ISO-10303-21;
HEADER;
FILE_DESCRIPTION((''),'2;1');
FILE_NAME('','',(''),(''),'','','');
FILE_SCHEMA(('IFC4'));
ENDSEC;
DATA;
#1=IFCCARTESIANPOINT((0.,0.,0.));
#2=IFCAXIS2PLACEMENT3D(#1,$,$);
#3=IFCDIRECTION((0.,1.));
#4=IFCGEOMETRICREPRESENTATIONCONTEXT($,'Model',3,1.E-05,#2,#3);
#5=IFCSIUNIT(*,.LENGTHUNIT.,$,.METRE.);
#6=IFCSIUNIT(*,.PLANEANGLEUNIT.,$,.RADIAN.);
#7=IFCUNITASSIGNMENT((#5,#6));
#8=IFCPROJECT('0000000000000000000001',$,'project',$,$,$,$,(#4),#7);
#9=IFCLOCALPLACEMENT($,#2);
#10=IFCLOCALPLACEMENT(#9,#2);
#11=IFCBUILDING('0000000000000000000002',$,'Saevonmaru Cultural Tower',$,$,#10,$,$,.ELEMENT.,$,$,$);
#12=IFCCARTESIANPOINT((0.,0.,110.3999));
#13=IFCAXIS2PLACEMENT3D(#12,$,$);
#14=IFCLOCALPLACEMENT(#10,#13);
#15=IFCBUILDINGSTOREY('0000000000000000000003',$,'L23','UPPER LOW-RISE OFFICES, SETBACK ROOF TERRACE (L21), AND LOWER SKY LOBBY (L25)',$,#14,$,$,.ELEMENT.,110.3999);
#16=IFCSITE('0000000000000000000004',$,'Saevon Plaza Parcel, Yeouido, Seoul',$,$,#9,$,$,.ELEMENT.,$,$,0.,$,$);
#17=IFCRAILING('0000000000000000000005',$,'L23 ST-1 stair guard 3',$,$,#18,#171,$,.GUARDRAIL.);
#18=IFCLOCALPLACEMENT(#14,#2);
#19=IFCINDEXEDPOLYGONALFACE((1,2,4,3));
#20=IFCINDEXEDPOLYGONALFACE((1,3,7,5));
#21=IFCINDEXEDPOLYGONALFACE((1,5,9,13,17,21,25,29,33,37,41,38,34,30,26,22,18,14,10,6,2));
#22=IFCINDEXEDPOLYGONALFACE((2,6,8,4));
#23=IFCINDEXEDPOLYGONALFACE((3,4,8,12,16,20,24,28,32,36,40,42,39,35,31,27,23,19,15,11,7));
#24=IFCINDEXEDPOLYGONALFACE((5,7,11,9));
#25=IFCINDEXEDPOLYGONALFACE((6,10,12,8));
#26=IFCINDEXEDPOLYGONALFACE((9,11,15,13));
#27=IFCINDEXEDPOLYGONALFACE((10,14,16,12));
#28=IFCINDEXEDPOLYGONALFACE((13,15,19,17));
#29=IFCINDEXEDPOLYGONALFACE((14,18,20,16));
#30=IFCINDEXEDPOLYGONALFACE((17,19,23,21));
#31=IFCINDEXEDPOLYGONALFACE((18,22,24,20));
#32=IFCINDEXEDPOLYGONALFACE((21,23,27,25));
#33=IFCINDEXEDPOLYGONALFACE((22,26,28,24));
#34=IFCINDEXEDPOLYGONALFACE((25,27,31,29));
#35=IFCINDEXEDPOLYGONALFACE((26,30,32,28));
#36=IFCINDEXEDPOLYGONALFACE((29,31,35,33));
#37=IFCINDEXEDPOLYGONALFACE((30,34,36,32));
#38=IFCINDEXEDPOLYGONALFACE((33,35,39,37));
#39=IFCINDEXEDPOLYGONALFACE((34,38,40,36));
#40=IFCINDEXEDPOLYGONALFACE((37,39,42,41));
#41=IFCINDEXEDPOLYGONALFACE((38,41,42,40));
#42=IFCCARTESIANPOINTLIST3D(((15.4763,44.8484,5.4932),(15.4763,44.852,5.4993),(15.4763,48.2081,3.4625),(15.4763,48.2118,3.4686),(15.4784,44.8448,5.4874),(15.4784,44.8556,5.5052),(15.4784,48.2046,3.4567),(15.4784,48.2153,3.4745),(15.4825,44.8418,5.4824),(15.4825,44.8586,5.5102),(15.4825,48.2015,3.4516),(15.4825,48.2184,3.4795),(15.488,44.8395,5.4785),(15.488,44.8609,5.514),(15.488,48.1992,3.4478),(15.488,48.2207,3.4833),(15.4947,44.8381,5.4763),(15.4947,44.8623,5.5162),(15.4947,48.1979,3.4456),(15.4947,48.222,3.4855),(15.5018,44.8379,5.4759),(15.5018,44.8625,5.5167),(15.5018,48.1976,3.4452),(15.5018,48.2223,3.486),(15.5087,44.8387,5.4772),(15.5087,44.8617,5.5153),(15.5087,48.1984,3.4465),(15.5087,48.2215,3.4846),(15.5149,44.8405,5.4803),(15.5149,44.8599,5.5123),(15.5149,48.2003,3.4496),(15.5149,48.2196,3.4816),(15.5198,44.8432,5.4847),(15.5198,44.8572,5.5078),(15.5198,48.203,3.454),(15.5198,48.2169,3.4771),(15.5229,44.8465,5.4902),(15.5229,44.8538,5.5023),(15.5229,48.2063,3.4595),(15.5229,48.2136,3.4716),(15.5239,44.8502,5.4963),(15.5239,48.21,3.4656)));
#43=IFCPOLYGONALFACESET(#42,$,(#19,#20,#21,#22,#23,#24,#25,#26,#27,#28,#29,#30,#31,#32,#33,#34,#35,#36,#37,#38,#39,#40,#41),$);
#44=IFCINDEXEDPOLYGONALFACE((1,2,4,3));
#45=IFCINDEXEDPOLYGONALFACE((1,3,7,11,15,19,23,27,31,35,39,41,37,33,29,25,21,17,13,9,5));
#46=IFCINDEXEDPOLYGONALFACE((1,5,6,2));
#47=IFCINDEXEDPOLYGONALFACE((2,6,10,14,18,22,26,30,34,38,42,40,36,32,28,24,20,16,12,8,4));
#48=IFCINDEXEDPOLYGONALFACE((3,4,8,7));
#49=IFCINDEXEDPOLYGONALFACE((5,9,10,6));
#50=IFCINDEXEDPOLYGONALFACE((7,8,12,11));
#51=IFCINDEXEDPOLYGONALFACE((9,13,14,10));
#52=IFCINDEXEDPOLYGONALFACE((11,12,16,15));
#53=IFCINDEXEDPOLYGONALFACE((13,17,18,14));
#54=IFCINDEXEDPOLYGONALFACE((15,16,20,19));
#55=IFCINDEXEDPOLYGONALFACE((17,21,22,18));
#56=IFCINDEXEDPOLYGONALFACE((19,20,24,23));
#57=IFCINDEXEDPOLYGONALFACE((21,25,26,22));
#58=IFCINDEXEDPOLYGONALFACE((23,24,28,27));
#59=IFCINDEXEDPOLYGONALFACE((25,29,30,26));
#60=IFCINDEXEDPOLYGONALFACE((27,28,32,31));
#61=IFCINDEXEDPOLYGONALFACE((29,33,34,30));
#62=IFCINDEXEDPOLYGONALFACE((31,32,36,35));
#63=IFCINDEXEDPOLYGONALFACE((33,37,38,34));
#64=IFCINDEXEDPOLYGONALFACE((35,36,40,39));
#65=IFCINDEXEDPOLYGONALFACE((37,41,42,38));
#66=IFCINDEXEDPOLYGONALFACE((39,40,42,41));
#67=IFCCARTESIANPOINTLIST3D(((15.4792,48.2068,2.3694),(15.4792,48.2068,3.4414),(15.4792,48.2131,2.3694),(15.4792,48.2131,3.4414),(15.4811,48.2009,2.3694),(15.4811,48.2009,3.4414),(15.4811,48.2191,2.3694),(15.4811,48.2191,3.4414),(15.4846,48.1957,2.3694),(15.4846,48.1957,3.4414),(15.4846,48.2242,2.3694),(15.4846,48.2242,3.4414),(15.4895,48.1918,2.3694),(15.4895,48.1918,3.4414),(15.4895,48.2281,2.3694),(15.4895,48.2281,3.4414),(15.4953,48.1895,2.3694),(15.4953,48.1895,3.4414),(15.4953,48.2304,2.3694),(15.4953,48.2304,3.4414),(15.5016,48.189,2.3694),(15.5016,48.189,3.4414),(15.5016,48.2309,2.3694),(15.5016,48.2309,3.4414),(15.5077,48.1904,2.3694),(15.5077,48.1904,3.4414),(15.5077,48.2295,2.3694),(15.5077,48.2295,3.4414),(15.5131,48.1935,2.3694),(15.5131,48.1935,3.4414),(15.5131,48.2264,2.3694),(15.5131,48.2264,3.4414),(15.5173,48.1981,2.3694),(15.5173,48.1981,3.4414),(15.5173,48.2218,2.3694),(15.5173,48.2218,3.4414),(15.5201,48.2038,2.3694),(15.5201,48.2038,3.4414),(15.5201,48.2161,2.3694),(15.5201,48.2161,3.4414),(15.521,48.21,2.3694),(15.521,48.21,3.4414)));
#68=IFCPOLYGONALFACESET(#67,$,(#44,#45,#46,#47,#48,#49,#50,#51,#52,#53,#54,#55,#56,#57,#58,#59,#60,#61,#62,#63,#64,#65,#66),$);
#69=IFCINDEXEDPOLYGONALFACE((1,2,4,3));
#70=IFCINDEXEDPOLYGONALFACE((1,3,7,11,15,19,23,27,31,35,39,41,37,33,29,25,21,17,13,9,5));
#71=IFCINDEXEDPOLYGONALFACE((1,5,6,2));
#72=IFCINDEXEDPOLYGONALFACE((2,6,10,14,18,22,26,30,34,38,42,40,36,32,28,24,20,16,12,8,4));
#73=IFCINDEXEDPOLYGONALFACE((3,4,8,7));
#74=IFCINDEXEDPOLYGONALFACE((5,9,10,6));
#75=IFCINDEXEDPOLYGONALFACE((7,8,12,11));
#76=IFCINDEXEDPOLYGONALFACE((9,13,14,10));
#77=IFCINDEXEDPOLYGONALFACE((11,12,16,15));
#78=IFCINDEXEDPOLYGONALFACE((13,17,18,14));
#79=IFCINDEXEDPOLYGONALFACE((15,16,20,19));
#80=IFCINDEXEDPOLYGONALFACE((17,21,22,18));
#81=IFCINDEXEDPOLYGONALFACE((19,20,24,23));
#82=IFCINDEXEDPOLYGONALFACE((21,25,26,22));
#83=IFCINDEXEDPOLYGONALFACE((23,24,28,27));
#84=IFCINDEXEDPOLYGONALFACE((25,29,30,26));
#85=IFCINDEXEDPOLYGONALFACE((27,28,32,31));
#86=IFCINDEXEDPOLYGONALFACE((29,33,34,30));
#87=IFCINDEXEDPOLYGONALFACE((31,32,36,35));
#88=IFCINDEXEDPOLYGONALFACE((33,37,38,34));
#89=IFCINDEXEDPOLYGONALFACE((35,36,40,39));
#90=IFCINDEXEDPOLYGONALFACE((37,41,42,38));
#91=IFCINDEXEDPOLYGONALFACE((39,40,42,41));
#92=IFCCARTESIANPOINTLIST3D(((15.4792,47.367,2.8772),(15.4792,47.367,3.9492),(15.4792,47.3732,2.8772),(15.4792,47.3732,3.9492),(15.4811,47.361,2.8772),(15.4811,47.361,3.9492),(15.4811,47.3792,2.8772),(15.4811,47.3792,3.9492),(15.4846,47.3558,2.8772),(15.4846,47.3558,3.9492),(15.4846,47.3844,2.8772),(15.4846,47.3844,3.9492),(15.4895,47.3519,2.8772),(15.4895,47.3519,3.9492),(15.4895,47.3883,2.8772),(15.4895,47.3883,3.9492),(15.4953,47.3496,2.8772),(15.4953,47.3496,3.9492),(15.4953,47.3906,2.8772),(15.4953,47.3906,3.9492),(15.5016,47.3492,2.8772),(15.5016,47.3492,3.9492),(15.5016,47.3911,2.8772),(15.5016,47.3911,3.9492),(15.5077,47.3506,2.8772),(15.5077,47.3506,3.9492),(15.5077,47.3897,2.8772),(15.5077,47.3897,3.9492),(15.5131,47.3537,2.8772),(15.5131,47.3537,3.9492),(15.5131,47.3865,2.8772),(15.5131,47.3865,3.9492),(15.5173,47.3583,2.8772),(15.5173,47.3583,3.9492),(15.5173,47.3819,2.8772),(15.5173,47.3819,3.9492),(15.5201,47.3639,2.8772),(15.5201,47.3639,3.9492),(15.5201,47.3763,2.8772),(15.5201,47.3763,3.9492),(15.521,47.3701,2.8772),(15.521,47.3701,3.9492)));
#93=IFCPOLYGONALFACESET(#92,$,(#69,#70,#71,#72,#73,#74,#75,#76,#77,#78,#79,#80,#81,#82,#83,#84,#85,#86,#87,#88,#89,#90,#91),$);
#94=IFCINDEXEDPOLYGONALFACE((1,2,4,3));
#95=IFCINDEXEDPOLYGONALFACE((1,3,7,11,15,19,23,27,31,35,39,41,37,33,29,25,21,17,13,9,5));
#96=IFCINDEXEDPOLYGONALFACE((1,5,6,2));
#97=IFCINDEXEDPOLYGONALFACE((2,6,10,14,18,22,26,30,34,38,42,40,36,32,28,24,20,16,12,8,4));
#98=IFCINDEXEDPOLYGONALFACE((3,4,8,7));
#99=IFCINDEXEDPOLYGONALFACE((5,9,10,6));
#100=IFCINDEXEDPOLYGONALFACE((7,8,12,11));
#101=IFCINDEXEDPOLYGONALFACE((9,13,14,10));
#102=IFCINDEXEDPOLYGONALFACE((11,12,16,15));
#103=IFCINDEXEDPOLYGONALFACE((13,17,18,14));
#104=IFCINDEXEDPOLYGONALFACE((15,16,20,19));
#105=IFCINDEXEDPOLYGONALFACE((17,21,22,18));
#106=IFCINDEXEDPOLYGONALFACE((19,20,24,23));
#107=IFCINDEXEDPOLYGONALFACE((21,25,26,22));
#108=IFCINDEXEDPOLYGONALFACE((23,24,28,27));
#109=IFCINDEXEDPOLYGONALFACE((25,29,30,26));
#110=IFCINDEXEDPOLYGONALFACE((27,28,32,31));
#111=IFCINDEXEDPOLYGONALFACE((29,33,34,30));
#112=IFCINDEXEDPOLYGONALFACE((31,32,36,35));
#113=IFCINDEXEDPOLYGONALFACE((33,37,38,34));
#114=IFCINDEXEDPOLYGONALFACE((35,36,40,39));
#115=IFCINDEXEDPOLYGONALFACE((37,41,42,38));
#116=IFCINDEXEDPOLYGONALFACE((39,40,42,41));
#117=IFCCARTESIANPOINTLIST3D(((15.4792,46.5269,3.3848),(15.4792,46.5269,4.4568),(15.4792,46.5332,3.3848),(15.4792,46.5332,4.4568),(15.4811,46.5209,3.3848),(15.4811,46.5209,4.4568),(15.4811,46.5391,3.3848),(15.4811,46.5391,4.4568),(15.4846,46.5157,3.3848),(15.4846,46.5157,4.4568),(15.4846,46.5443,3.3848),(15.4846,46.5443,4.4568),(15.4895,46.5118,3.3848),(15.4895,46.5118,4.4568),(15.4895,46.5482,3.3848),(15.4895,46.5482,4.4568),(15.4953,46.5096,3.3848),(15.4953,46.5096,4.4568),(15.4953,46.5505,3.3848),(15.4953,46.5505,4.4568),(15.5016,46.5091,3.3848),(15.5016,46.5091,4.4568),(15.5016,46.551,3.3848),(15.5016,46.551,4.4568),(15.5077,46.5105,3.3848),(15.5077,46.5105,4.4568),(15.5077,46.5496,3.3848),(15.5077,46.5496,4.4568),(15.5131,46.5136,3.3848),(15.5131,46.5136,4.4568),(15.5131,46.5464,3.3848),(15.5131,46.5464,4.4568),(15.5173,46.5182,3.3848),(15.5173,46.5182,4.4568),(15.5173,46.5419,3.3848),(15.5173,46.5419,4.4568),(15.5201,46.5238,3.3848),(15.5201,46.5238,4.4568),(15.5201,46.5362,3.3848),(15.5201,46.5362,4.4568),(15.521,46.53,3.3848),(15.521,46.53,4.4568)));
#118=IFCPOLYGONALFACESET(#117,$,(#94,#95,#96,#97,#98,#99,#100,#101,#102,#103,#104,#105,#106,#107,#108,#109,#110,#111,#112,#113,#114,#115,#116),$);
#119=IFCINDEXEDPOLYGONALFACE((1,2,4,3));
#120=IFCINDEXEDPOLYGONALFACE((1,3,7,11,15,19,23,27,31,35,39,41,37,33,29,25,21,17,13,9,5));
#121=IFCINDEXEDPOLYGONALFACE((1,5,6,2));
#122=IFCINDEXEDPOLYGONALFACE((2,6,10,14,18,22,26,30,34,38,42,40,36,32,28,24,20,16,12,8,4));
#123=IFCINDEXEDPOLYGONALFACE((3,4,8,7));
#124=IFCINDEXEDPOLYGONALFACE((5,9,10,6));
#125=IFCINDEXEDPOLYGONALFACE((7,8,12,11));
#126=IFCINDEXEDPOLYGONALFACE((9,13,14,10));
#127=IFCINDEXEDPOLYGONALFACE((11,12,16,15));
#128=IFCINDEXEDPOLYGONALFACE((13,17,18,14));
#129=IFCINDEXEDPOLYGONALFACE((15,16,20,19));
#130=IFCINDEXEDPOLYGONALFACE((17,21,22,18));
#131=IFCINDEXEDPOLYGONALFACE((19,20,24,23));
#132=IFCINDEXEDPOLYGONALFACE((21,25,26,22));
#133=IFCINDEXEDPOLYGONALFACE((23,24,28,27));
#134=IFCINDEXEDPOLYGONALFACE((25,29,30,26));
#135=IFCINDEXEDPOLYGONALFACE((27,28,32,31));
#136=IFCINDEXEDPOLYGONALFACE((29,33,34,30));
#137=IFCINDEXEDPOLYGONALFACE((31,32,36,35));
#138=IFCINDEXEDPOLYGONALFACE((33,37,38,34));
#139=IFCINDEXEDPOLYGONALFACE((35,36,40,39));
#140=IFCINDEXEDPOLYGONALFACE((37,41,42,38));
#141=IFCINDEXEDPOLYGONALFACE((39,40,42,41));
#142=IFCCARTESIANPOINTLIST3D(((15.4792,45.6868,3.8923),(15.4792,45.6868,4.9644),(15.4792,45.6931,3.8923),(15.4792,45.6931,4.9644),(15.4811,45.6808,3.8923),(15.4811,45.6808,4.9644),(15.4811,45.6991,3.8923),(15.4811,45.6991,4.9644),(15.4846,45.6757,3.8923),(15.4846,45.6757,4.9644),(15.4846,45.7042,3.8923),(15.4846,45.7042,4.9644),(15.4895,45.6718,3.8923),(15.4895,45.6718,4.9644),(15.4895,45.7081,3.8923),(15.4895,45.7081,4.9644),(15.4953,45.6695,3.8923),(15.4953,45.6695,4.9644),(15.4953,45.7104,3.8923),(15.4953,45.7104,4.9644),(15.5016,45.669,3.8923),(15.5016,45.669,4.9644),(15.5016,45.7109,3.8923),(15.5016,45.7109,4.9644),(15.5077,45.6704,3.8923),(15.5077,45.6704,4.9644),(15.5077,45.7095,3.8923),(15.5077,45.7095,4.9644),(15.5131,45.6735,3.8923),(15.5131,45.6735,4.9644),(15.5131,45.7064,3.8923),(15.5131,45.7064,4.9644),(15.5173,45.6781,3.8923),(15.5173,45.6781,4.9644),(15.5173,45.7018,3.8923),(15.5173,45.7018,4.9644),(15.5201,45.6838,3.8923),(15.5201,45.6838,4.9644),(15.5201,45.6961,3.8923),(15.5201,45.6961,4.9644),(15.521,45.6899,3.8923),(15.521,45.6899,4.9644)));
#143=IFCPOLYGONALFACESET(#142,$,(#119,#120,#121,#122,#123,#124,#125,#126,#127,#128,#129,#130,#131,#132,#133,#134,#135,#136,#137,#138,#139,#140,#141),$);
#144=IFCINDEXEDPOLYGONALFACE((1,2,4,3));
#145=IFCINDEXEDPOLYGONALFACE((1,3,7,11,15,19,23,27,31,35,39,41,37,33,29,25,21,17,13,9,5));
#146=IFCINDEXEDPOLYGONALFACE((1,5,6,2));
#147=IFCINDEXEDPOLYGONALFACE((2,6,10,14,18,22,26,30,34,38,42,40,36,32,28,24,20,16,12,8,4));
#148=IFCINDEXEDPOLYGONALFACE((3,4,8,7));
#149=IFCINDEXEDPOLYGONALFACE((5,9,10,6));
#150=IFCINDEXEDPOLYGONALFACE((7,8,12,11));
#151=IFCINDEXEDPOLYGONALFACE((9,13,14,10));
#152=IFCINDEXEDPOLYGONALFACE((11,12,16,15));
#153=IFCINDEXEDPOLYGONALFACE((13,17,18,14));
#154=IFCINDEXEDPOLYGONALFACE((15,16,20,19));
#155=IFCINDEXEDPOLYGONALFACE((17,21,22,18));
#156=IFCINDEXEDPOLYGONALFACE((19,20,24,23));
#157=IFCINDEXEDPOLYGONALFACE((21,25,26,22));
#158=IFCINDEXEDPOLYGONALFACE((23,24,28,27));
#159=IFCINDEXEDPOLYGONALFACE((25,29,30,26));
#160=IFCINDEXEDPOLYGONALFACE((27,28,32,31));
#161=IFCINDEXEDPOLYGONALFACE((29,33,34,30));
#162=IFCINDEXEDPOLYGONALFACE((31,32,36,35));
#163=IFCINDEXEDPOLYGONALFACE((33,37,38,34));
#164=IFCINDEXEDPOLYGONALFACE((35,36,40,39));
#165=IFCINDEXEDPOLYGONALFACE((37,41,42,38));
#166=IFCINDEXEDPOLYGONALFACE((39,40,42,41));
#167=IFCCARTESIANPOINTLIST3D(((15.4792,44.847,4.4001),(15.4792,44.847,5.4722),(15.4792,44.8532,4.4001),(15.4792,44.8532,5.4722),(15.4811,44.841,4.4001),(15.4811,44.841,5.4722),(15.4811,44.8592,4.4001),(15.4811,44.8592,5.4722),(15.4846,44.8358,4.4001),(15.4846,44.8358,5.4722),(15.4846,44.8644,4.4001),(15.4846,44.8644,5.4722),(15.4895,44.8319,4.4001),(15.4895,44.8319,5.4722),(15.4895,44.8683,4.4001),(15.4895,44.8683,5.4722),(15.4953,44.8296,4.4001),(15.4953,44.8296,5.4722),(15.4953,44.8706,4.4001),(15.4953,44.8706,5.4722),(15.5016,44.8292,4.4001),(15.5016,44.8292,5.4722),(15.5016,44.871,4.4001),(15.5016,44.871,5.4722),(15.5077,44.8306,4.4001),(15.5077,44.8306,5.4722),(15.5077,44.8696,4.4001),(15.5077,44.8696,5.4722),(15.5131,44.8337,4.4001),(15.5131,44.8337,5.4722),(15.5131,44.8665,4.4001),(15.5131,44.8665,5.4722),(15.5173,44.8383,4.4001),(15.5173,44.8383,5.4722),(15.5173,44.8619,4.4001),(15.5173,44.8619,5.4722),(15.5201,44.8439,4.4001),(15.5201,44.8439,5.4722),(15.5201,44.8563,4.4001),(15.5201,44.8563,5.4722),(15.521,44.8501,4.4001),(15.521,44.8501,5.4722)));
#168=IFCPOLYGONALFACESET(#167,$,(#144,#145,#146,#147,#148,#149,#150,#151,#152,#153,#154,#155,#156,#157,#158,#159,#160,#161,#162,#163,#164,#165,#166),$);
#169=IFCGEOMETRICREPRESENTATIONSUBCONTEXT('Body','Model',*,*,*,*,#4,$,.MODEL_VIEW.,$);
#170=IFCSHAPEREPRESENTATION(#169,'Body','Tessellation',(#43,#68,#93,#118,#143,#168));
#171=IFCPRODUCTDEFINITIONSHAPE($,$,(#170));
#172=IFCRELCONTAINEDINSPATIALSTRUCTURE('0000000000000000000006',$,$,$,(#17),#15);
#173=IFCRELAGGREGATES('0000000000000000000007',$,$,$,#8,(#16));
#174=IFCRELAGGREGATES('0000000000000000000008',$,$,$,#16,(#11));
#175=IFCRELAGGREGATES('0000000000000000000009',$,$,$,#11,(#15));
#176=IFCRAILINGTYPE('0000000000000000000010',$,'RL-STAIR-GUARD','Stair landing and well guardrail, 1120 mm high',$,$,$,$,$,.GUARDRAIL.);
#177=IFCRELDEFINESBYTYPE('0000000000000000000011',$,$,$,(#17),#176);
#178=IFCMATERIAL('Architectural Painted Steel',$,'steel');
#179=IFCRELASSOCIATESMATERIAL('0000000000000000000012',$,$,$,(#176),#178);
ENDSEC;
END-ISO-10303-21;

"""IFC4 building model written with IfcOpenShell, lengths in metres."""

from ifc_helpers import new_model, si_unit, direction, frame, origin, origin_2d, place, context, subcontext, project, spatial, circle, extrude, material, type_object, element, save


model = new_model("IFC4")

# Units and contexts
model_context = context("Model", 3, precision=1e-05, world=origin(), true_north=direction((0.0, 1.0)))
body_context = subcontext(model_context, "Body", "Model", "MODEL_VIEW")
ifc_project = project(units=[si_unit("LENGTHUNIT", "METRE"), si_unit("PLANEANGLEUNIT", "RADIAN")], contexts=[model_context])

# Site, building, storey
site_placement = place(None, origin())
site = spatial("IfcSite", under=ifc_project, at=site_placement, Name="Saevon Plaza Parcel, Yeouido, Seoul", CompositionType="ELEMENT", RefElevation=0.0)
building_placement = place(site_placement, origin())
building = spatial("IfcBuilding", under=site, at=building_placement, Name="Saevonmaru Cultural Tower", CompositionType="ELEMENT")
storey_placement = place(building_placement, frame((0.0, 0.0, 110.3999)))
storey = spatial("IfcBuildingStorey", under=building, at=storey_placement, Name="L23", Description="UPPER LOW-RISE OFFICES, SETBACK ROOF TERRACE (L21), AND LOWER SKY LOBBY (L25)", CompositionType="ELEMENT", Elevation=110.3999)

# Railing
ifc_material_1 = material(Name="Architectural Painted Steel", Category="steel")
railing_type_1 = type_object("IfcRailingType", Name="RL-STAIR-GUARD", Description="Stair landing and well guardrail, 1120 mm high", PredefinedType="GUARDRAIL", material=ifc_material_1)
railing_1_placement = place(storey_placement, frame((15.5, 48.21, 2.3694)))
element("IfcRailing", 1, at=railing_1_placement, inside=storey, type_object=railing_type_1, Name="L23 ST-1 stair guard 3", PredefinedType="GUARDRAIL", context=body_context, shape_type="SweptSolid", body=[
    extrude(circle(Radius=0.0239, at=origin_2d()), frame((0.0, 0.0, 1.0962), z_axis=(0.0, -0.85582, 0.517273), x_axis=(1.0, 0.0, 0.0)), (0.0, 0.0, 1.0), 3.9258),
    extrude(circle(Radius=0.021, at=origin_2d()), origin(), (0.0, 0.0, 1.0), 1.072),
    extrude(circle(Radius=0.021, at=origin_2d()), frame((0.0, -0.8398, 0.5078)), (0.0, 0.0, 1.0), 1.072),
    extrude(circle(Radius=0.021, at=origin_2d()), frame((0.0, -1.6799, 1.0154)), (0.0, 0.0, 1.0), 1.072),
    extrude(circle(Radius=0.021, at=origin_2d()), frame((0.0, -2.52, 1.5229)), (0.0, 0.0, 1.0), 1.072),
    extrude(circle(Radius=0.021, at=origin_2d()), frame((0.0, -3.3599, 2.0308)), (0.0, 0.0, 1.0), 1.072),
])

save(model, "model.ifc")
